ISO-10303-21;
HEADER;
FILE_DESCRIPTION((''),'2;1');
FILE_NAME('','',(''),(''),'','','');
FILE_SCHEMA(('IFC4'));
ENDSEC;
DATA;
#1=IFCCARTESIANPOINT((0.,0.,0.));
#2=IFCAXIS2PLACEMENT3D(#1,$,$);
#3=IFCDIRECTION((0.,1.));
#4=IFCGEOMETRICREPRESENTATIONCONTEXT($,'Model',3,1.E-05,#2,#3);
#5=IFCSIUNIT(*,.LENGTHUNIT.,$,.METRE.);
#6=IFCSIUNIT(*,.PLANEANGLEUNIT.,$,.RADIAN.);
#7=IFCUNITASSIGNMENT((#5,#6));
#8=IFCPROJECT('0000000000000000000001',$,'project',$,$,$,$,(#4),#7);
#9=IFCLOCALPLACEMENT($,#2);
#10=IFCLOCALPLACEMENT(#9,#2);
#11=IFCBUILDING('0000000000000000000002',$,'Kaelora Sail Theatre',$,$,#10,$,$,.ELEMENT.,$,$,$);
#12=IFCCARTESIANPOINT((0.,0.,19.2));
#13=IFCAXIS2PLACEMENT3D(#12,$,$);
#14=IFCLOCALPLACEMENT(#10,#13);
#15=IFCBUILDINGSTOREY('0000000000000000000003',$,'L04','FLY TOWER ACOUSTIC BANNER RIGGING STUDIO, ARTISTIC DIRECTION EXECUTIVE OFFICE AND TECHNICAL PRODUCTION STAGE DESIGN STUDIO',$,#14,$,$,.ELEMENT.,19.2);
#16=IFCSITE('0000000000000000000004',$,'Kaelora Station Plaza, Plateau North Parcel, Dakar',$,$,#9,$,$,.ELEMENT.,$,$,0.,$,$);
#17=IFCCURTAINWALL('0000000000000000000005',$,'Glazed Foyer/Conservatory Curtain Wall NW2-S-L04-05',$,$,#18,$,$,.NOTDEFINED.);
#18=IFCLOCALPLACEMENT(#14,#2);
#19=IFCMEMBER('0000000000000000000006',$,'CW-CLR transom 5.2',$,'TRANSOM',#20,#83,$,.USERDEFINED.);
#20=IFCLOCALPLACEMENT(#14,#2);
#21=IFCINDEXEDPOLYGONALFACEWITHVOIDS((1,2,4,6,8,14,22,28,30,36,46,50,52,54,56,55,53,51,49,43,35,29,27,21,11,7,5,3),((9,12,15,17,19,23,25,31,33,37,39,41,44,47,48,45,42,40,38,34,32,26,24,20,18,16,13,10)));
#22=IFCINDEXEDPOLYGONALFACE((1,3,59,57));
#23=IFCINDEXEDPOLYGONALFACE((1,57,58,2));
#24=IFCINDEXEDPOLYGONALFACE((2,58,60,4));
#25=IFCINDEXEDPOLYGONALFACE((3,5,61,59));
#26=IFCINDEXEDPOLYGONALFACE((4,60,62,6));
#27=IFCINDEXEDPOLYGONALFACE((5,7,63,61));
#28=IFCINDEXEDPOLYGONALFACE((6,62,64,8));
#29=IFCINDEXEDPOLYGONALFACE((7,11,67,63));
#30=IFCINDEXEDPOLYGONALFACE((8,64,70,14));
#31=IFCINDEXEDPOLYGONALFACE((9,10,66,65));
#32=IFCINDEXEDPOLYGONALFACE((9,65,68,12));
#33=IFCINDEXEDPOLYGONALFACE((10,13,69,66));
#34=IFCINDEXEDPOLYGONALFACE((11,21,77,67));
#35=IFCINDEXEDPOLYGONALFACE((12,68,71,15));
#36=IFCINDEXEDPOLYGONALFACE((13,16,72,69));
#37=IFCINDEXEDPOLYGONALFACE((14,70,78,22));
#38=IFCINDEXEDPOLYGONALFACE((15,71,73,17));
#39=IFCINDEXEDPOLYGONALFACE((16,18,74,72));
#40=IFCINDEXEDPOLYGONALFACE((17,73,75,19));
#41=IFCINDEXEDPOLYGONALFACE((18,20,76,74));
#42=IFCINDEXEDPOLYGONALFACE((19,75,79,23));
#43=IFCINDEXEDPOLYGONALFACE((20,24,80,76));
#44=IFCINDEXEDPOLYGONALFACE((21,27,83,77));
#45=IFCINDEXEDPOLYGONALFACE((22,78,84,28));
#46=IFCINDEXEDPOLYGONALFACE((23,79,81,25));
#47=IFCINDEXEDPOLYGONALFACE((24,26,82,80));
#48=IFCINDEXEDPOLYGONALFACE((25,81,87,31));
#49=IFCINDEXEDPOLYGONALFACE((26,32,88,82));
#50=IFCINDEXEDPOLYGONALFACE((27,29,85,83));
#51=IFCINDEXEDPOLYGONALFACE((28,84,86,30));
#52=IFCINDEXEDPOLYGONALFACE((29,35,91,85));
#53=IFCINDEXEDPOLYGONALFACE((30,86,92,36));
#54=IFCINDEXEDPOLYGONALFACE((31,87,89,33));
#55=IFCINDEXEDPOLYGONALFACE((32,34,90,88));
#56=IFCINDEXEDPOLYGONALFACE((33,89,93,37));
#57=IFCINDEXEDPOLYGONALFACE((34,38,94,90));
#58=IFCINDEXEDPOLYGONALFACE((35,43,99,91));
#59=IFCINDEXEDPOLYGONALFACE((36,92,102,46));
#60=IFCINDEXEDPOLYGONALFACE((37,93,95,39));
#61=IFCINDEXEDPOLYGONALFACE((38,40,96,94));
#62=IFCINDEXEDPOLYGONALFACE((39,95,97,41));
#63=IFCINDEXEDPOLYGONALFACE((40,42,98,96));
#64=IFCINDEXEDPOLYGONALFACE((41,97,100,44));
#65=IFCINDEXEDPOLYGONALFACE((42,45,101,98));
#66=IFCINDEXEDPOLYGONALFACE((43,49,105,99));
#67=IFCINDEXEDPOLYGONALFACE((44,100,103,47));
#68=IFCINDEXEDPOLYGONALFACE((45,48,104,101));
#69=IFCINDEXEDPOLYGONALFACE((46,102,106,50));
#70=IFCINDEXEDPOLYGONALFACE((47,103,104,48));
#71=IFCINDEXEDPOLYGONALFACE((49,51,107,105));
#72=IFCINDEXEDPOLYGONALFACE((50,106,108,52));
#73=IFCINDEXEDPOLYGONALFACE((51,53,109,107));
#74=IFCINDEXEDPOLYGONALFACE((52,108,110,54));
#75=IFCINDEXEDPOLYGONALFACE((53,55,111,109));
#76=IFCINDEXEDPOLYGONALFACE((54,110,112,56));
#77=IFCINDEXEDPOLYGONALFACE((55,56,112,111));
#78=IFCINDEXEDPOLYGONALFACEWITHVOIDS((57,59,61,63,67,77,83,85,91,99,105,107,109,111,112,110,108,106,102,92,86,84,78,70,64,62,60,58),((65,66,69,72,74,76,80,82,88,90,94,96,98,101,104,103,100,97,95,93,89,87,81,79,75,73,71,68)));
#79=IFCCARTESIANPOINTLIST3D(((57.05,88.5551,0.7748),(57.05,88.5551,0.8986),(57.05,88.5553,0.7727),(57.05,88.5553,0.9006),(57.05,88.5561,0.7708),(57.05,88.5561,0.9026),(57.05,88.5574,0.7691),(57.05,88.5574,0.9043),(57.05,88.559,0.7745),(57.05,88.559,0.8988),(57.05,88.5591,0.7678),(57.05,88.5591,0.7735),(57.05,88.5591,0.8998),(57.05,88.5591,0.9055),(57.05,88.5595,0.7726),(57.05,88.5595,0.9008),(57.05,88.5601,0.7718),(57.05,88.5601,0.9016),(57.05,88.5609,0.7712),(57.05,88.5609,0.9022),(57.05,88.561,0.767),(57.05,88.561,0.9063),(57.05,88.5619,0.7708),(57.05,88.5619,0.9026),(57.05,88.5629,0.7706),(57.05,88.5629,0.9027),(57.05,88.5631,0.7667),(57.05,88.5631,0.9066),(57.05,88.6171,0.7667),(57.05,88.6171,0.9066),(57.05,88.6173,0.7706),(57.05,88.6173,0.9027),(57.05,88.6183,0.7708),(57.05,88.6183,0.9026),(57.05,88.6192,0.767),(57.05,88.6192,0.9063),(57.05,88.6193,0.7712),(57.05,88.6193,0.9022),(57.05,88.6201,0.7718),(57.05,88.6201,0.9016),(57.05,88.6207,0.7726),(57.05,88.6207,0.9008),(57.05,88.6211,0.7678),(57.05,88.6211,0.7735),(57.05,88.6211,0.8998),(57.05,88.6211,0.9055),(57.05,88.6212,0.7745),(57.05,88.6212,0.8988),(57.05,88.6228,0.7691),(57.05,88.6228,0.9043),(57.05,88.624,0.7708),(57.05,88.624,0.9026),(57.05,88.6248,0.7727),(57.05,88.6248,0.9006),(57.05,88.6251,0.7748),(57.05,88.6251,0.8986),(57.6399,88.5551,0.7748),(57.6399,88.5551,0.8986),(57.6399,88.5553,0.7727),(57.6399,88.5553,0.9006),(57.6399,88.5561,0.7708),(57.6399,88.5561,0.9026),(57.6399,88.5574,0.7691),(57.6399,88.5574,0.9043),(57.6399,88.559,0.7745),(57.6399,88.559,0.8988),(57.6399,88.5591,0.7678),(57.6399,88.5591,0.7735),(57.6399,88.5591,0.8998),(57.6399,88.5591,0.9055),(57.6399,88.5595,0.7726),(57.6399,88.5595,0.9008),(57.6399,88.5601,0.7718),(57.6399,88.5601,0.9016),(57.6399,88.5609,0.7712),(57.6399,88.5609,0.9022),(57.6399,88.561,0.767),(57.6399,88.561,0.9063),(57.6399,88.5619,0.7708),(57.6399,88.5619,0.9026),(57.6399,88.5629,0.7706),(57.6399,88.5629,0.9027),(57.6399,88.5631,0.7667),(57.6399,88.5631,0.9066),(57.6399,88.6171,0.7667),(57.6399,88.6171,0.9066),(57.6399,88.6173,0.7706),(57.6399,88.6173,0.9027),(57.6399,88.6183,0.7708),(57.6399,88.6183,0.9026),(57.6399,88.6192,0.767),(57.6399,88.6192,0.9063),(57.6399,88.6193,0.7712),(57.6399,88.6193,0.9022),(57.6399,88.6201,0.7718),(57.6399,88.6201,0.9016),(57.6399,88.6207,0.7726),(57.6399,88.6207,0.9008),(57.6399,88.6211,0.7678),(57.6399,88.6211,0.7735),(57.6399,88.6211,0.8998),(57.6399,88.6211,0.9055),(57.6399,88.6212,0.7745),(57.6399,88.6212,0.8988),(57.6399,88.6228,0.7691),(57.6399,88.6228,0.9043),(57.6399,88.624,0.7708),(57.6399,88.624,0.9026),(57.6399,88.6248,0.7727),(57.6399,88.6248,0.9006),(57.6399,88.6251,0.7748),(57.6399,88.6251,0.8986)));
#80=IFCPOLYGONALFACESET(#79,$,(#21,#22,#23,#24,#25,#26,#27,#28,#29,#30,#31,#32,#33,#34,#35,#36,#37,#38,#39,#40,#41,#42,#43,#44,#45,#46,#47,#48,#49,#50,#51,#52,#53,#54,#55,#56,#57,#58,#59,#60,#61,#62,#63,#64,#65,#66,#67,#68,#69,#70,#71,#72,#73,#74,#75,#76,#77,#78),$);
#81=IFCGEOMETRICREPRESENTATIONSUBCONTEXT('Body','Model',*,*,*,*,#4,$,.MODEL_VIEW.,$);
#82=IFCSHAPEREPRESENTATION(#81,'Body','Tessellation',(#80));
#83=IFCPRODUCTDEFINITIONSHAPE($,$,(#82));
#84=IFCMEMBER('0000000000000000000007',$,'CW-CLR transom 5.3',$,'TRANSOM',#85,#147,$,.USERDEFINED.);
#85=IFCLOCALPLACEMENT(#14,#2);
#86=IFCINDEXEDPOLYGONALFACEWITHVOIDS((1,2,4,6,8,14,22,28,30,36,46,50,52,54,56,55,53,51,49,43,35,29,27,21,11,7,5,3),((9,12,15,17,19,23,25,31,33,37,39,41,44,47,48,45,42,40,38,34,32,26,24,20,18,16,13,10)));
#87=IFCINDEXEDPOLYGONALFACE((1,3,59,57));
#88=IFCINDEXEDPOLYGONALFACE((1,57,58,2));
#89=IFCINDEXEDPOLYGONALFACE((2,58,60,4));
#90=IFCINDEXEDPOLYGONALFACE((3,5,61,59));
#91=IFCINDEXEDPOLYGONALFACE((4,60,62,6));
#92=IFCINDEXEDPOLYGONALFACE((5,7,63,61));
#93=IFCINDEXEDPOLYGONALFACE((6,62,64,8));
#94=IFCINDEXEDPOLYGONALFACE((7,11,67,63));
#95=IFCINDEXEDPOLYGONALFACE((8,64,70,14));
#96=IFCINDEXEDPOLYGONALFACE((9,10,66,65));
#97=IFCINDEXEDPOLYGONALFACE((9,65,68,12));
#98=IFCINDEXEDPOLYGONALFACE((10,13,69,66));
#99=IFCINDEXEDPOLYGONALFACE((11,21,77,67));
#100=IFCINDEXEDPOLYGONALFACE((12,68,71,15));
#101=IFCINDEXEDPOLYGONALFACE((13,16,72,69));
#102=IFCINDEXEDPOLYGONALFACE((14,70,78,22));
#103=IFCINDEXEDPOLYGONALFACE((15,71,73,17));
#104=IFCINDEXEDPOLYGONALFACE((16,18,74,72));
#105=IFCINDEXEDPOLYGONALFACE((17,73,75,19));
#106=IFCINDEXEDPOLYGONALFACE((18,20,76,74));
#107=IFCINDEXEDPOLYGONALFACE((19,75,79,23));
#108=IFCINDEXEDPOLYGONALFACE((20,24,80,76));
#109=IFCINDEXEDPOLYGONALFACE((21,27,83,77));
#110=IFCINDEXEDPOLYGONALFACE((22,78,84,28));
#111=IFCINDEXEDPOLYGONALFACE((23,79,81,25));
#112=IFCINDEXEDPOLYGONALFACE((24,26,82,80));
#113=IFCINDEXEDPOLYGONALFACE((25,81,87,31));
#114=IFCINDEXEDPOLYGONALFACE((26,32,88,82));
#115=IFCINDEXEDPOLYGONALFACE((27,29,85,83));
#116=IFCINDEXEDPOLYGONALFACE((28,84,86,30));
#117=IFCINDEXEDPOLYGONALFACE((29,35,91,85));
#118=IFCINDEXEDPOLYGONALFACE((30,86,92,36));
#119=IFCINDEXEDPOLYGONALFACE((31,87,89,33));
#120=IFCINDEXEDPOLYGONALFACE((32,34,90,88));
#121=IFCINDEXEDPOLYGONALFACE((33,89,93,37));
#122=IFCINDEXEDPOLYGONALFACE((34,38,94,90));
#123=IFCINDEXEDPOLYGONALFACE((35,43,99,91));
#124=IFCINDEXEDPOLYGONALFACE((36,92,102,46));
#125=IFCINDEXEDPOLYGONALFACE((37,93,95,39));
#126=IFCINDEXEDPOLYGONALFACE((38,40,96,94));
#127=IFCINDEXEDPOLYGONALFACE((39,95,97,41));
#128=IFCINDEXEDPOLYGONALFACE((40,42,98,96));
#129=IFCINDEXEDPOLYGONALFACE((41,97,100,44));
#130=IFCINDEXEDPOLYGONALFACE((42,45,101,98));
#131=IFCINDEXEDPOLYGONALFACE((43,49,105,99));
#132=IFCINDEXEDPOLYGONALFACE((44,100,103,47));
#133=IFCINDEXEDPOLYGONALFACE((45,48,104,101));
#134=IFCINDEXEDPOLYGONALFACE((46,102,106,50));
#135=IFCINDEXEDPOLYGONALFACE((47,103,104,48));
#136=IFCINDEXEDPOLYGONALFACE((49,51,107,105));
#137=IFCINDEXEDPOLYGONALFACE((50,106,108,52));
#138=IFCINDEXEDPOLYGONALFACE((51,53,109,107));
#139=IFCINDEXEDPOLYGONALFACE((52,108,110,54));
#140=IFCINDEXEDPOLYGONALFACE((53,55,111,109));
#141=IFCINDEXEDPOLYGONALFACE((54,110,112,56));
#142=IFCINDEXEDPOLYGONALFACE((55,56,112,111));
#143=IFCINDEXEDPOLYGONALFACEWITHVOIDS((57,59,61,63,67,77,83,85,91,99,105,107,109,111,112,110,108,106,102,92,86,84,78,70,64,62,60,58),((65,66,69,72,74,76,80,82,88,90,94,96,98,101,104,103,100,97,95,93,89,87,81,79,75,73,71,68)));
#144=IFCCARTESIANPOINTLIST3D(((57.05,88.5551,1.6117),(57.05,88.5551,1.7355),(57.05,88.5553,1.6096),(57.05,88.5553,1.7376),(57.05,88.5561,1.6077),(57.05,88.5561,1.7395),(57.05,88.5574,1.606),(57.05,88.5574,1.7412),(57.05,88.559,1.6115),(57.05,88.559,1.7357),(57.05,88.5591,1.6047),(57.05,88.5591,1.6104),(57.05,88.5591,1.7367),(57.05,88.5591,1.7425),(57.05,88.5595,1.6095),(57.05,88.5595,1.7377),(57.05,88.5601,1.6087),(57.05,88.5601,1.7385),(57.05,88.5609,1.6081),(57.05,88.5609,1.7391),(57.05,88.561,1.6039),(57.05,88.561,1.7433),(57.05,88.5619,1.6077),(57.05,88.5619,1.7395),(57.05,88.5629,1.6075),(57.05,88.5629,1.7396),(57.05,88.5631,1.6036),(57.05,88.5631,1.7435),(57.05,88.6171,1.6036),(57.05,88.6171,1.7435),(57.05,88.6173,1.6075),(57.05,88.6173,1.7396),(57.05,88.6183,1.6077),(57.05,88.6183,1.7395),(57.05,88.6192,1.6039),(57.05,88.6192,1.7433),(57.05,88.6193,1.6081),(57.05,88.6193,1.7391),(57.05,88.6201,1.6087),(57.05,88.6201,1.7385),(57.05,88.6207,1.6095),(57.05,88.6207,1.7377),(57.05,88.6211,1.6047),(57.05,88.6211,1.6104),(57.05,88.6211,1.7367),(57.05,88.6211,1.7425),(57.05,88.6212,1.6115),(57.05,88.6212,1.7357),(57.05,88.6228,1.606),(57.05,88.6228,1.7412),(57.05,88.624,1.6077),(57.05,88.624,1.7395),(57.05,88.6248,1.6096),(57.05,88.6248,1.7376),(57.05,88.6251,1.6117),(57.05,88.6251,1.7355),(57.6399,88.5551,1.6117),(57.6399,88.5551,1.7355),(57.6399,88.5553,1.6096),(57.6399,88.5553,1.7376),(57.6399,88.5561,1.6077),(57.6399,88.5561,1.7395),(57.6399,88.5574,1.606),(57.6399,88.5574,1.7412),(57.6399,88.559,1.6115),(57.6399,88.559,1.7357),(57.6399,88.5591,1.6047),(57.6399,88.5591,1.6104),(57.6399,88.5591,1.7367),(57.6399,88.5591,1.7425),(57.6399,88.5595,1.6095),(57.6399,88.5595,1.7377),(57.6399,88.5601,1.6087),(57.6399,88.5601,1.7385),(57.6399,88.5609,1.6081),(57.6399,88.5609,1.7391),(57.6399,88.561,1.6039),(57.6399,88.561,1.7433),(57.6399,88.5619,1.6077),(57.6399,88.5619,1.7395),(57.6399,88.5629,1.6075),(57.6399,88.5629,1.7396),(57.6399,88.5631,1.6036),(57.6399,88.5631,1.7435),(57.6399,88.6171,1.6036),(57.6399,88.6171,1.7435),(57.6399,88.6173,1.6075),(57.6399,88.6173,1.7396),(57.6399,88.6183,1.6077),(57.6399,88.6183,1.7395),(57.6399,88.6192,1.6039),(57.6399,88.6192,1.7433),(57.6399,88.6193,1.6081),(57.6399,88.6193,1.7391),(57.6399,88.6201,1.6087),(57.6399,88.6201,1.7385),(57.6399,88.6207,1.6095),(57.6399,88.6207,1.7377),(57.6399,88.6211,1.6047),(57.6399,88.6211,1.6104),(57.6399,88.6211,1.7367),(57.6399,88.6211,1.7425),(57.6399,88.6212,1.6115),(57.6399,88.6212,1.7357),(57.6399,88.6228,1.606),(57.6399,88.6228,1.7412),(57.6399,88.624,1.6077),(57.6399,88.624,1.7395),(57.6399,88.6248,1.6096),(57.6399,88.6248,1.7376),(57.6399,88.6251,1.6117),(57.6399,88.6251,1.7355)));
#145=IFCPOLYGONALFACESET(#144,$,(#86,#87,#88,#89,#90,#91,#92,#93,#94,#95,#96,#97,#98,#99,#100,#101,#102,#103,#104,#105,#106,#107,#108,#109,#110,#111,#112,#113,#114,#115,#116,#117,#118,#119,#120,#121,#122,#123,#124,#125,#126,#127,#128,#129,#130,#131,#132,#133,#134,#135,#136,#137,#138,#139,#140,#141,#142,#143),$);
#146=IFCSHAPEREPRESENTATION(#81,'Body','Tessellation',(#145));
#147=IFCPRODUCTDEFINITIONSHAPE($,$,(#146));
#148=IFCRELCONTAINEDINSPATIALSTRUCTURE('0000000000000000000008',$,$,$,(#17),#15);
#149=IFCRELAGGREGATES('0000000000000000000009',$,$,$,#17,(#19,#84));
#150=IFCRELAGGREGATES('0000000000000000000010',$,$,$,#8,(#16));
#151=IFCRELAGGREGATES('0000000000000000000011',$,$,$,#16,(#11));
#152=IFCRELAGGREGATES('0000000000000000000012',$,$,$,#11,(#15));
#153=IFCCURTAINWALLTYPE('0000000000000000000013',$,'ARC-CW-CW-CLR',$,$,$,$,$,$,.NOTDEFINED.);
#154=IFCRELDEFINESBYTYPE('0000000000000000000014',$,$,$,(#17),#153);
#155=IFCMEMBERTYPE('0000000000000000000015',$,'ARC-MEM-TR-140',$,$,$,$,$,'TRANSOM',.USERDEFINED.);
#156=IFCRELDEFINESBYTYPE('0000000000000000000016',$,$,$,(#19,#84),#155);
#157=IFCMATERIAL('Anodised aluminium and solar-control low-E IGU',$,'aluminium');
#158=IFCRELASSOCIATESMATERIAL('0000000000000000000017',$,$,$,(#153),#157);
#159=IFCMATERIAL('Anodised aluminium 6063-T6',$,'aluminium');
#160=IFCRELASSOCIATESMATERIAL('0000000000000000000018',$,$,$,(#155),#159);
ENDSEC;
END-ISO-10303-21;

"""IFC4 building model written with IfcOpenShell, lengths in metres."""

from ifc_helpers import new_model, si_unit, direction, frame, origin, origin_2d, place, context, subcontext, project, spatial, hollow_rectangle, extrude, material, material_profile, profile_set, type_object, element, aggregate, save


model = new_model("IFC4")

# Units and contexts
model_context = context("Model", 3, precision=1e-05, world=origin(), true_north=direction((0.0, 1.0)))
body_context = subcontext(model_context, "Body", "Model", "MODEL_VIEW")
ifc_project = project(units=[si_unit("LENGTHUNIT", "METRE"), si_unit("PLANEANGLEUNIT", "RADIAN")], contexts=[model_context])

# Site, building, storey
site_placement = place(None, origin())
site = spatial("IfcSite", under=ifc_project, at=site_placement, Name="Kaelora Station Plaza, Plateau North Parcel, Dakar", CompositionType="ELEMENT", RefElevation=0.0)
building_placement = place(site_placement, origin())
building = spatial("IfcBuilding", under=site, at=building_placement, Name="Kaelora Sail Theatre", CompositionType="ELEMENT")
storey_placement = place(building_placement, frame((0.0, 0.0, 19.2)))
storey = spatial("IfcBuildingStorey", under=building, at=storey_placement, Name="L04", Description="FLY TOWER ACOUSTIC BANNER RIGGING STUDIO, ARTISTIC DIRECTION EXECUTIVE OFFICE AND TECHNICAL PRODUCTION STAGE DESIGN STUDIO", CompositionType="ELEMENT", Elevation=19.2)

# Curtain wall
ifc_material_1 = material(Name="Anodised aluminium and solar-control low-E IGU", Category="aluminium")
curtain_wall_type = type_object("IfcCurtainWallType", Name="ARC-CW-CW-CLR", PredefinedType="NOTDEFINED", material=ifc_material_1)
curtain_wall_1_placement = place(storey_placement, origin())
curtain_wall_1 = element("IfcCurtainWall", 1, at=curtain_wall_1_placement, inside=storey, type_object=curtain_wall_type, Name="Glazed Foyer/Conservatory Curtain Wall NW2-S-L04-05", PredefinedType="NOTDEFINED")

# Members
ifc_material_2 = material(Name="Anodised aluminium 6063-T6", Category="aluminium")
ifc_material_profile_1 = material_profile(ifc_material_2, hollow_rectangle(XDim=0.0701, YDim=0.1399, WallThickness=0.0039, InnerFilletRadius=0.0039, OuterFilletRadius=0.0081, at=origin_2d()), Name="ALU-TRAN 70x140x4")
ifc_profile_set_1 = profile_set([ifc_material_profile_1], Name="Anodised aluminium 6063-T6")
member_type_1 = type_object("IfcMemberType", Name="ARC-MEM-TR-140", ElementType="TRANSOM", PredefinedType="USERDEFINED", material=ifc_profile_set_1)
member_1_placement = place(storey_placement, frame((57.05, 88.5901, 0.8367), z_axis=(1.0, 0.0, 0.0), x_axis=(0.0, 1.0, 0.0)))
member_1 = element("IfcMember", 2, at=member_1_placement, type_object=member_type_1, Name="CW-CLR transom 5.2", ObjectType="TRANSOM", PredefinedType="USERDEFINED", context=body_context, shape_type="SweptSolid", body=[
    extrude(hollow_rectangle(XDim=0.0701, YDim=0.1399, WallThickness=0.0039, InnerFilletRadius=0.0039, OuterFilletRadius=0.0081, at=origin_2d()), origin(), (0.0, 0.0, 1.0), 0.5898),
])
member_2_placement = place(storey_placement, frame((57.05, 88.5901, 1.6736), z_axis=(1.0, 0.0, 0.0), x_axis=(0.0, 1.0, 0.0)))
member_2 = element("IfcMember", 3, at=member_2_placement, type_object=member_type_1, Name="CW-CLR transom 5.3", ObjectType="TRANSOM", PredefinedType="USERDEFINED", context=body_context, shape_type="SweptSolid", body=[
    extrude(hollow_rectangle(XDim=0.0701, YDim=0.1399, WallThickness=0.0039, InnerFilletRadius=0.0039, OuterFilletRadius=0.0081, at=origin_2d()), origin(), (0.0, 0.0, 1.0), 0.5898),
])

aggregate(curtain_wall_1, [member_1, member_2])

save(model, "model.ifc")
